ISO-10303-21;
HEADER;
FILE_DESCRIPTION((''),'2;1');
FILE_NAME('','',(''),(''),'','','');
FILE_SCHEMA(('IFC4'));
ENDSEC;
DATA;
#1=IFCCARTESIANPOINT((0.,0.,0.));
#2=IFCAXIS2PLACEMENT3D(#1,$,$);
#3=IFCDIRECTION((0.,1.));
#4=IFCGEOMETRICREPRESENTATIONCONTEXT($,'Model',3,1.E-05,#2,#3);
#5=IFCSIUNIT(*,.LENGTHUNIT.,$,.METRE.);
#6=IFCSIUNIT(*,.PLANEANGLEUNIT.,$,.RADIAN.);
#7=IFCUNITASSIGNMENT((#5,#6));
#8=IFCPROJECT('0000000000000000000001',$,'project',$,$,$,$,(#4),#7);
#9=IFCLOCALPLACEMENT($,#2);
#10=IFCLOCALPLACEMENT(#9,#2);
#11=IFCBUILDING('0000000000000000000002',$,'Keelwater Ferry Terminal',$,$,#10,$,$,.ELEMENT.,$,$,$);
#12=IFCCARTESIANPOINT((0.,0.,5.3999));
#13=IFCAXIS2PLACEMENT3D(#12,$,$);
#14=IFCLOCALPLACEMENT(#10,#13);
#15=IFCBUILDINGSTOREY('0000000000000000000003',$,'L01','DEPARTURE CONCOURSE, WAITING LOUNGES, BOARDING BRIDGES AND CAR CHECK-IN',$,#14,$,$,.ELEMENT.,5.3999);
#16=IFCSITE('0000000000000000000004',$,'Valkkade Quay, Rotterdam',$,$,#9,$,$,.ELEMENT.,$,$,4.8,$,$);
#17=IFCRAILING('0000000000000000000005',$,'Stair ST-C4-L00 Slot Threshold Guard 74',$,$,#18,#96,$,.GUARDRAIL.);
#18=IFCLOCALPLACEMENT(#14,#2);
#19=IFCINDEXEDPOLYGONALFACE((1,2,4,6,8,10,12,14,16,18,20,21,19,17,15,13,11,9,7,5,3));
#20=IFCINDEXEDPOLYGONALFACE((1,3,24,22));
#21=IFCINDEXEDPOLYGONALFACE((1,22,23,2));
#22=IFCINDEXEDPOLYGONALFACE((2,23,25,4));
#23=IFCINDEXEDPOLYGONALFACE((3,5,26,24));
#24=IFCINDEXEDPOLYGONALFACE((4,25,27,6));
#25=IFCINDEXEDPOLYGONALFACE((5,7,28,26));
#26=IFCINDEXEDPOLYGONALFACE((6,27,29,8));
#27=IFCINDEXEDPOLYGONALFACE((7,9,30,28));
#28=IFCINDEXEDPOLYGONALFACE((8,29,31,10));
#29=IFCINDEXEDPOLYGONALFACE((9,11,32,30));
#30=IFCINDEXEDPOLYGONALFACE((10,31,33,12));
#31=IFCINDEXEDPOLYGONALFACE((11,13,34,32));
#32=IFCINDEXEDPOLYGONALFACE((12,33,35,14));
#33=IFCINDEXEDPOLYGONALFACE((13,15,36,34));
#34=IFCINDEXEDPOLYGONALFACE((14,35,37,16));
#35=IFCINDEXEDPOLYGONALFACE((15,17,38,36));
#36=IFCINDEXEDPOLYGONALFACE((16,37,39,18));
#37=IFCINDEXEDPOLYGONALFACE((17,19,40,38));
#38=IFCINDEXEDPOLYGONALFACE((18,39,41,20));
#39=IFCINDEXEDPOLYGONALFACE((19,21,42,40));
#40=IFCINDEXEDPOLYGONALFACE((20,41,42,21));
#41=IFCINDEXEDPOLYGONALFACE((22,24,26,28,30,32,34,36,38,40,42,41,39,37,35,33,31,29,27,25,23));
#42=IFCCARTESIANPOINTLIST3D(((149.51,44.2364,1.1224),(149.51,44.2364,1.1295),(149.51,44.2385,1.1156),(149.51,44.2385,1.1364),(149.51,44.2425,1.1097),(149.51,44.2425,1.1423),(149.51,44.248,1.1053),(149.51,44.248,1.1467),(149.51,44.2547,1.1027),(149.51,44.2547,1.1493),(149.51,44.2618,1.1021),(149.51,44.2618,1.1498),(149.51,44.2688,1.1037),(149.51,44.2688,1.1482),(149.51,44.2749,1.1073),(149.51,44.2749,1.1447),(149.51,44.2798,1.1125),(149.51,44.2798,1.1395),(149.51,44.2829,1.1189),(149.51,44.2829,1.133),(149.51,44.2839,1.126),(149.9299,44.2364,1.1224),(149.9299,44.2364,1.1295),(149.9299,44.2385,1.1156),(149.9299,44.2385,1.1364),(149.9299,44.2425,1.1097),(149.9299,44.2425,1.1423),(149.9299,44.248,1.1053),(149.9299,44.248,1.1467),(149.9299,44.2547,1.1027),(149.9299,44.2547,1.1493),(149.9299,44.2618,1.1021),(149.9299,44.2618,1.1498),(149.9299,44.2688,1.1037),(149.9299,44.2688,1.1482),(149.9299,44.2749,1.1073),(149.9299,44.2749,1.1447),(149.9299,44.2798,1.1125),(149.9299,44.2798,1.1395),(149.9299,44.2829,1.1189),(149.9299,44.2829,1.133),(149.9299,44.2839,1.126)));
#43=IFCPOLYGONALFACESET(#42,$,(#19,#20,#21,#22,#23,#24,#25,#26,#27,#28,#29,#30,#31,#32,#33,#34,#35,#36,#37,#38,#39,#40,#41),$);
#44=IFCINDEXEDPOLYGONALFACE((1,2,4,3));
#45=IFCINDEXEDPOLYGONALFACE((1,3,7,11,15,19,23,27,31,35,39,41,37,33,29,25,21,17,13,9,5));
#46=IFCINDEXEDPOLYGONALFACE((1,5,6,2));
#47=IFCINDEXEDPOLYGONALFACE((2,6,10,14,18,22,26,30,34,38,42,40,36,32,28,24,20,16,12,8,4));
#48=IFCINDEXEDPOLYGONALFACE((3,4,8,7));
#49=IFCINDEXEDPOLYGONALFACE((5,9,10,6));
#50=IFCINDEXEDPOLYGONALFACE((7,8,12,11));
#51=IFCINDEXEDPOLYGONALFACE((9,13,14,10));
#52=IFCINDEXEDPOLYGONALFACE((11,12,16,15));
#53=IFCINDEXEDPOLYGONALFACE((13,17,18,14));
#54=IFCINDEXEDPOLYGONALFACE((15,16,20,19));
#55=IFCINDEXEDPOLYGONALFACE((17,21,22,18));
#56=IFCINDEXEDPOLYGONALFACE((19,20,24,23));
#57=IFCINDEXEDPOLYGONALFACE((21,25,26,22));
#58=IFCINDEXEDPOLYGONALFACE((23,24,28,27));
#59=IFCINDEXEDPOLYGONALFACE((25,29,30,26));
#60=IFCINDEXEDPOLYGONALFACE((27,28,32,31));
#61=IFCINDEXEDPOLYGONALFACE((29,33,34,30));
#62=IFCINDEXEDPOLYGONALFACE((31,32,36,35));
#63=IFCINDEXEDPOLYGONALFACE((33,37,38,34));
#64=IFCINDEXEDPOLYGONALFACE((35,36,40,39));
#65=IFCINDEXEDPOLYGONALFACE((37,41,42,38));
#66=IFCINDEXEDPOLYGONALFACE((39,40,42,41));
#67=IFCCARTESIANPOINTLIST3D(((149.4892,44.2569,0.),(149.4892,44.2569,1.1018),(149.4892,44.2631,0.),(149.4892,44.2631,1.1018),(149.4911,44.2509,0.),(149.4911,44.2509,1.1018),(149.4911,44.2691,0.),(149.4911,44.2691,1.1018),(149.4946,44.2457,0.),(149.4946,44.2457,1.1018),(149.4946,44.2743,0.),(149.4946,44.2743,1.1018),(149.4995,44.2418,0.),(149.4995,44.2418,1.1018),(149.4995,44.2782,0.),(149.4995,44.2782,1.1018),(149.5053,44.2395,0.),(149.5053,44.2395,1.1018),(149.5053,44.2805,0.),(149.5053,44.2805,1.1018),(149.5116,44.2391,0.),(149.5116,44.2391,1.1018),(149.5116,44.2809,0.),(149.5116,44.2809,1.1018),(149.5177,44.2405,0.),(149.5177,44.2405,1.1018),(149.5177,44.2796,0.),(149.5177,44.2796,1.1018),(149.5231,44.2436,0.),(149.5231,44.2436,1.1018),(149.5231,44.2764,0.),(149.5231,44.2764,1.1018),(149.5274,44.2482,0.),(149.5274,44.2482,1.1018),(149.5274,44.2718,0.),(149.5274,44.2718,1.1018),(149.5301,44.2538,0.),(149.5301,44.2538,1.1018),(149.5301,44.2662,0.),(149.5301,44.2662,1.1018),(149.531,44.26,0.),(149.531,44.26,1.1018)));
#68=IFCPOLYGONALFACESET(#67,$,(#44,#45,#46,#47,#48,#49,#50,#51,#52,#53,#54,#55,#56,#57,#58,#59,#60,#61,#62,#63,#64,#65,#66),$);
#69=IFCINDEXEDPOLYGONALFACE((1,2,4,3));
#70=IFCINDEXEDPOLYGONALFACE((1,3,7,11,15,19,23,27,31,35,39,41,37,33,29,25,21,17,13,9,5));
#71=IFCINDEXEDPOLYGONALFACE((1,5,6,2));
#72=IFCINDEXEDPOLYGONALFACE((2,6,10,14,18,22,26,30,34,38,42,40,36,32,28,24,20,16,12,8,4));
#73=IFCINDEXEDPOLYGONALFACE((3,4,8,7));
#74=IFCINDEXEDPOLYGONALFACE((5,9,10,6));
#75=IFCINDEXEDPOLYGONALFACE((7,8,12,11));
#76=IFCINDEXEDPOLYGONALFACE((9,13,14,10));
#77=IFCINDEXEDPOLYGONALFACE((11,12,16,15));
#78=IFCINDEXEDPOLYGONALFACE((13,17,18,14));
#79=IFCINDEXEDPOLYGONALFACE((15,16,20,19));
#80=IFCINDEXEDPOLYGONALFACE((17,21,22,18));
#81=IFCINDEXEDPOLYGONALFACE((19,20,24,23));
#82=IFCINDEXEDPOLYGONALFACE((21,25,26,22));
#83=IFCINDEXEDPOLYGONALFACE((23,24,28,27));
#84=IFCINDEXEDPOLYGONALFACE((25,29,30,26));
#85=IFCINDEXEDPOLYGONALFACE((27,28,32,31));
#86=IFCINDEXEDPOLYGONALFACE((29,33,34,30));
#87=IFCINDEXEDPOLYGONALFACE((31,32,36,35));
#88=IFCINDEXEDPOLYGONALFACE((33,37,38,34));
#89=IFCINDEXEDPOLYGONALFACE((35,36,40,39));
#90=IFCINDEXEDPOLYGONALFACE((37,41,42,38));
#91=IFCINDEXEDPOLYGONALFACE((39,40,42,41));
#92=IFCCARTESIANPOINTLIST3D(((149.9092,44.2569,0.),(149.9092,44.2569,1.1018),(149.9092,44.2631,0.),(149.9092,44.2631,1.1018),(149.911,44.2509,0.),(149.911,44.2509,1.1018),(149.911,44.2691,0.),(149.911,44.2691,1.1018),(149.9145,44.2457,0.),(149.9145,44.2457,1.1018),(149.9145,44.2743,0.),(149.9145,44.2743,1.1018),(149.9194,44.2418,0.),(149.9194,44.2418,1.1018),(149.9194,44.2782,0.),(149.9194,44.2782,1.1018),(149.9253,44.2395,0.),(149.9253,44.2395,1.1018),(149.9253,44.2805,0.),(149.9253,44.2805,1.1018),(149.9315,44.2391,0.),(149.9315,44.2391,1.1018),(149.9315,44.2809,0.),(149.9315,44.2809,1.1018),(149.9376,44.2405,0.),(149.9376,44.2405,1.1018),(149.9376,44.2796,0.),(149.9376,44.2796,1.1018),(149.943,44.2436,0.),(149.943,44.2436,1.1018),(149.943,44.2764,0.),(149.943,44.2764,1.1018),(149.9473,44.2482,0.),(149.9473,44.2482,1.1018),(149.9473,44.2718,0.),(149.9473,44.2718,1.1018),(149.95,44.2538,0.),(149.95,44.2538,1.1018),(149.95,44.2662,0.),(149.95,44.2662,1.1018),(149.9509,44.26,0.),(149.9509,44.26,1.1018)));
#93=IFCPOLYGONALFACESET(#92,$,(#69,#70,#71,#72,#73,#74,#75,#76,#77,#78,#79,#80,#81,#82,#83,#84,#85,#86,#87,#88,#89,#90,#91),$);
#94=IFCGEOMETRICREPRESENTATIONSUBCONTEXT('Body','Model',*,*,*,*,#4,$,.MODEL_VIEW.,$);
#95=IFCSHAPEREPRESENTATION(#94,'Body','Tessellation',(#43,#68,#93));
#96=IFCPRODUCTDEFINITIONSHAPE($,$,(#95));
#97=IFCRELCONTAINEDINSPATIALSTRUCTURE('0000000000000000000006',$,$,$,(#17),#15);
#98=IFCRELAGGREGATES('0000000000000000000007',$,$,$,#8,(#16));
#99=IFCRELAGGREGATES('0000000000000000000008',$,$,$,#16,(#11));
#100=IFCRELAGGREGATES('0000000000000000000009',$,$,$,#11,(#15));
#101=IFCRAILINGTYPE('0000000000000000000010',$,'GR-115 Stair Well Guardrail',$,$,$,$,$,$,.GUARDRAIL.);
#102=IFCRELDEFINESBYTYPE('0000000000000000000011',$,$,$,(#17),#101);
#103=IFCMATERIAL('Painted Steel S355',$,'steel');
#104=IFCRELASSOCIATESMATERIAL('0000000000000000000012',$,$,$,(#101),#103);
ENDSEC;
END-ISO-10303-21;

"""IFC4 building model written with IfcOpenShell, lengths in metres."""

from ifc_helpers import new_model, si_unit, direction, frame, origin, origin_2d, place, context, subcontext, project, spatial, circle, extrude, material, type_object, element, save


model = new_model("IFC4")

# Units and contexts
model_context = context("Model", 3, precision=1e-05, world=origin(), true_north=direction((0.0, 1.0)))
body_context = subcontext(model_context, "Body", "Model", "MODEL_VIEW")
ifc_project = project(units=[si_unit("LENGTHUNIT", "METRE"), si_unit("PLANEANGLEUNIT", "RADIAN")], contexts=[model_context])

# Site, building, storey
site_placement = place(None, origin())
site = spatial("IfcSite", under=ifc_project, at=site_placement, Name="Valkkade Quay, Rotterdam", CompositionType="ELEMENT", RefElevation=4.8)
building_placement = place(site_placement, origin())
building = spatial("IfcBuilding", under=site, at=building_placement, Name="Keelwater Ferry Terminal", CompositionType="ELEMENT")
storey_placement = place(building_placement, frame((0.0, 0.0, 5.3999)))
storey = spatial("IfcBuildingStorey", under=building, at=storey_placement, Name="L01", Description="DEPARTURE CONCOURSE, WAITING LOUNGES, BOARDING BRIDGES AND CAR CHECK-IN", CompositionType="ELEMENT", Elevation=5.3999)

# Railing
ifc_material_1 = material(Name="Painted Steel S355", Category="steel")
railing_type_1 = type_object("IfcRailingType", Name="GR-115 Stair Well Guardrail", PredefinedType="GUARDRAIL", material=ifc_material_1)
railing_1_placement = place(storey_placement, frame((149.51, 44.26, 0.0)))
element("IfcRailing", 1, at=railing_1_placement, inside=storey, type_object=railing_type_1, Name="Stair ST-C4-L00 Slot Threshold Guard 74", PredefinedType="GUARDRAIL", context=body_context, shape_type="SweptSolid", body=[
    extrude(circle(Radius=0.0239, at=origin_2d()), frame((0.0, 0.0, 1.126), z_axis=(1.0, 0.0, 0.0), x_axis=(0.0, 1.0, 0.0)), (0.0, 0.0, 1.0), 0.4199),
    extrude(circle(Radius=0.021, at=origin_2d()), origin(), (0.0, 0.0, 1.0), 1.1018),
    extrude(circle(Radius=0.021, at=origin_2d()), frame((0.4199, 0.0, 0.0)), (0.0, 0.0, 1.0), 1.1018),
])

save(model, "model.ifc")
